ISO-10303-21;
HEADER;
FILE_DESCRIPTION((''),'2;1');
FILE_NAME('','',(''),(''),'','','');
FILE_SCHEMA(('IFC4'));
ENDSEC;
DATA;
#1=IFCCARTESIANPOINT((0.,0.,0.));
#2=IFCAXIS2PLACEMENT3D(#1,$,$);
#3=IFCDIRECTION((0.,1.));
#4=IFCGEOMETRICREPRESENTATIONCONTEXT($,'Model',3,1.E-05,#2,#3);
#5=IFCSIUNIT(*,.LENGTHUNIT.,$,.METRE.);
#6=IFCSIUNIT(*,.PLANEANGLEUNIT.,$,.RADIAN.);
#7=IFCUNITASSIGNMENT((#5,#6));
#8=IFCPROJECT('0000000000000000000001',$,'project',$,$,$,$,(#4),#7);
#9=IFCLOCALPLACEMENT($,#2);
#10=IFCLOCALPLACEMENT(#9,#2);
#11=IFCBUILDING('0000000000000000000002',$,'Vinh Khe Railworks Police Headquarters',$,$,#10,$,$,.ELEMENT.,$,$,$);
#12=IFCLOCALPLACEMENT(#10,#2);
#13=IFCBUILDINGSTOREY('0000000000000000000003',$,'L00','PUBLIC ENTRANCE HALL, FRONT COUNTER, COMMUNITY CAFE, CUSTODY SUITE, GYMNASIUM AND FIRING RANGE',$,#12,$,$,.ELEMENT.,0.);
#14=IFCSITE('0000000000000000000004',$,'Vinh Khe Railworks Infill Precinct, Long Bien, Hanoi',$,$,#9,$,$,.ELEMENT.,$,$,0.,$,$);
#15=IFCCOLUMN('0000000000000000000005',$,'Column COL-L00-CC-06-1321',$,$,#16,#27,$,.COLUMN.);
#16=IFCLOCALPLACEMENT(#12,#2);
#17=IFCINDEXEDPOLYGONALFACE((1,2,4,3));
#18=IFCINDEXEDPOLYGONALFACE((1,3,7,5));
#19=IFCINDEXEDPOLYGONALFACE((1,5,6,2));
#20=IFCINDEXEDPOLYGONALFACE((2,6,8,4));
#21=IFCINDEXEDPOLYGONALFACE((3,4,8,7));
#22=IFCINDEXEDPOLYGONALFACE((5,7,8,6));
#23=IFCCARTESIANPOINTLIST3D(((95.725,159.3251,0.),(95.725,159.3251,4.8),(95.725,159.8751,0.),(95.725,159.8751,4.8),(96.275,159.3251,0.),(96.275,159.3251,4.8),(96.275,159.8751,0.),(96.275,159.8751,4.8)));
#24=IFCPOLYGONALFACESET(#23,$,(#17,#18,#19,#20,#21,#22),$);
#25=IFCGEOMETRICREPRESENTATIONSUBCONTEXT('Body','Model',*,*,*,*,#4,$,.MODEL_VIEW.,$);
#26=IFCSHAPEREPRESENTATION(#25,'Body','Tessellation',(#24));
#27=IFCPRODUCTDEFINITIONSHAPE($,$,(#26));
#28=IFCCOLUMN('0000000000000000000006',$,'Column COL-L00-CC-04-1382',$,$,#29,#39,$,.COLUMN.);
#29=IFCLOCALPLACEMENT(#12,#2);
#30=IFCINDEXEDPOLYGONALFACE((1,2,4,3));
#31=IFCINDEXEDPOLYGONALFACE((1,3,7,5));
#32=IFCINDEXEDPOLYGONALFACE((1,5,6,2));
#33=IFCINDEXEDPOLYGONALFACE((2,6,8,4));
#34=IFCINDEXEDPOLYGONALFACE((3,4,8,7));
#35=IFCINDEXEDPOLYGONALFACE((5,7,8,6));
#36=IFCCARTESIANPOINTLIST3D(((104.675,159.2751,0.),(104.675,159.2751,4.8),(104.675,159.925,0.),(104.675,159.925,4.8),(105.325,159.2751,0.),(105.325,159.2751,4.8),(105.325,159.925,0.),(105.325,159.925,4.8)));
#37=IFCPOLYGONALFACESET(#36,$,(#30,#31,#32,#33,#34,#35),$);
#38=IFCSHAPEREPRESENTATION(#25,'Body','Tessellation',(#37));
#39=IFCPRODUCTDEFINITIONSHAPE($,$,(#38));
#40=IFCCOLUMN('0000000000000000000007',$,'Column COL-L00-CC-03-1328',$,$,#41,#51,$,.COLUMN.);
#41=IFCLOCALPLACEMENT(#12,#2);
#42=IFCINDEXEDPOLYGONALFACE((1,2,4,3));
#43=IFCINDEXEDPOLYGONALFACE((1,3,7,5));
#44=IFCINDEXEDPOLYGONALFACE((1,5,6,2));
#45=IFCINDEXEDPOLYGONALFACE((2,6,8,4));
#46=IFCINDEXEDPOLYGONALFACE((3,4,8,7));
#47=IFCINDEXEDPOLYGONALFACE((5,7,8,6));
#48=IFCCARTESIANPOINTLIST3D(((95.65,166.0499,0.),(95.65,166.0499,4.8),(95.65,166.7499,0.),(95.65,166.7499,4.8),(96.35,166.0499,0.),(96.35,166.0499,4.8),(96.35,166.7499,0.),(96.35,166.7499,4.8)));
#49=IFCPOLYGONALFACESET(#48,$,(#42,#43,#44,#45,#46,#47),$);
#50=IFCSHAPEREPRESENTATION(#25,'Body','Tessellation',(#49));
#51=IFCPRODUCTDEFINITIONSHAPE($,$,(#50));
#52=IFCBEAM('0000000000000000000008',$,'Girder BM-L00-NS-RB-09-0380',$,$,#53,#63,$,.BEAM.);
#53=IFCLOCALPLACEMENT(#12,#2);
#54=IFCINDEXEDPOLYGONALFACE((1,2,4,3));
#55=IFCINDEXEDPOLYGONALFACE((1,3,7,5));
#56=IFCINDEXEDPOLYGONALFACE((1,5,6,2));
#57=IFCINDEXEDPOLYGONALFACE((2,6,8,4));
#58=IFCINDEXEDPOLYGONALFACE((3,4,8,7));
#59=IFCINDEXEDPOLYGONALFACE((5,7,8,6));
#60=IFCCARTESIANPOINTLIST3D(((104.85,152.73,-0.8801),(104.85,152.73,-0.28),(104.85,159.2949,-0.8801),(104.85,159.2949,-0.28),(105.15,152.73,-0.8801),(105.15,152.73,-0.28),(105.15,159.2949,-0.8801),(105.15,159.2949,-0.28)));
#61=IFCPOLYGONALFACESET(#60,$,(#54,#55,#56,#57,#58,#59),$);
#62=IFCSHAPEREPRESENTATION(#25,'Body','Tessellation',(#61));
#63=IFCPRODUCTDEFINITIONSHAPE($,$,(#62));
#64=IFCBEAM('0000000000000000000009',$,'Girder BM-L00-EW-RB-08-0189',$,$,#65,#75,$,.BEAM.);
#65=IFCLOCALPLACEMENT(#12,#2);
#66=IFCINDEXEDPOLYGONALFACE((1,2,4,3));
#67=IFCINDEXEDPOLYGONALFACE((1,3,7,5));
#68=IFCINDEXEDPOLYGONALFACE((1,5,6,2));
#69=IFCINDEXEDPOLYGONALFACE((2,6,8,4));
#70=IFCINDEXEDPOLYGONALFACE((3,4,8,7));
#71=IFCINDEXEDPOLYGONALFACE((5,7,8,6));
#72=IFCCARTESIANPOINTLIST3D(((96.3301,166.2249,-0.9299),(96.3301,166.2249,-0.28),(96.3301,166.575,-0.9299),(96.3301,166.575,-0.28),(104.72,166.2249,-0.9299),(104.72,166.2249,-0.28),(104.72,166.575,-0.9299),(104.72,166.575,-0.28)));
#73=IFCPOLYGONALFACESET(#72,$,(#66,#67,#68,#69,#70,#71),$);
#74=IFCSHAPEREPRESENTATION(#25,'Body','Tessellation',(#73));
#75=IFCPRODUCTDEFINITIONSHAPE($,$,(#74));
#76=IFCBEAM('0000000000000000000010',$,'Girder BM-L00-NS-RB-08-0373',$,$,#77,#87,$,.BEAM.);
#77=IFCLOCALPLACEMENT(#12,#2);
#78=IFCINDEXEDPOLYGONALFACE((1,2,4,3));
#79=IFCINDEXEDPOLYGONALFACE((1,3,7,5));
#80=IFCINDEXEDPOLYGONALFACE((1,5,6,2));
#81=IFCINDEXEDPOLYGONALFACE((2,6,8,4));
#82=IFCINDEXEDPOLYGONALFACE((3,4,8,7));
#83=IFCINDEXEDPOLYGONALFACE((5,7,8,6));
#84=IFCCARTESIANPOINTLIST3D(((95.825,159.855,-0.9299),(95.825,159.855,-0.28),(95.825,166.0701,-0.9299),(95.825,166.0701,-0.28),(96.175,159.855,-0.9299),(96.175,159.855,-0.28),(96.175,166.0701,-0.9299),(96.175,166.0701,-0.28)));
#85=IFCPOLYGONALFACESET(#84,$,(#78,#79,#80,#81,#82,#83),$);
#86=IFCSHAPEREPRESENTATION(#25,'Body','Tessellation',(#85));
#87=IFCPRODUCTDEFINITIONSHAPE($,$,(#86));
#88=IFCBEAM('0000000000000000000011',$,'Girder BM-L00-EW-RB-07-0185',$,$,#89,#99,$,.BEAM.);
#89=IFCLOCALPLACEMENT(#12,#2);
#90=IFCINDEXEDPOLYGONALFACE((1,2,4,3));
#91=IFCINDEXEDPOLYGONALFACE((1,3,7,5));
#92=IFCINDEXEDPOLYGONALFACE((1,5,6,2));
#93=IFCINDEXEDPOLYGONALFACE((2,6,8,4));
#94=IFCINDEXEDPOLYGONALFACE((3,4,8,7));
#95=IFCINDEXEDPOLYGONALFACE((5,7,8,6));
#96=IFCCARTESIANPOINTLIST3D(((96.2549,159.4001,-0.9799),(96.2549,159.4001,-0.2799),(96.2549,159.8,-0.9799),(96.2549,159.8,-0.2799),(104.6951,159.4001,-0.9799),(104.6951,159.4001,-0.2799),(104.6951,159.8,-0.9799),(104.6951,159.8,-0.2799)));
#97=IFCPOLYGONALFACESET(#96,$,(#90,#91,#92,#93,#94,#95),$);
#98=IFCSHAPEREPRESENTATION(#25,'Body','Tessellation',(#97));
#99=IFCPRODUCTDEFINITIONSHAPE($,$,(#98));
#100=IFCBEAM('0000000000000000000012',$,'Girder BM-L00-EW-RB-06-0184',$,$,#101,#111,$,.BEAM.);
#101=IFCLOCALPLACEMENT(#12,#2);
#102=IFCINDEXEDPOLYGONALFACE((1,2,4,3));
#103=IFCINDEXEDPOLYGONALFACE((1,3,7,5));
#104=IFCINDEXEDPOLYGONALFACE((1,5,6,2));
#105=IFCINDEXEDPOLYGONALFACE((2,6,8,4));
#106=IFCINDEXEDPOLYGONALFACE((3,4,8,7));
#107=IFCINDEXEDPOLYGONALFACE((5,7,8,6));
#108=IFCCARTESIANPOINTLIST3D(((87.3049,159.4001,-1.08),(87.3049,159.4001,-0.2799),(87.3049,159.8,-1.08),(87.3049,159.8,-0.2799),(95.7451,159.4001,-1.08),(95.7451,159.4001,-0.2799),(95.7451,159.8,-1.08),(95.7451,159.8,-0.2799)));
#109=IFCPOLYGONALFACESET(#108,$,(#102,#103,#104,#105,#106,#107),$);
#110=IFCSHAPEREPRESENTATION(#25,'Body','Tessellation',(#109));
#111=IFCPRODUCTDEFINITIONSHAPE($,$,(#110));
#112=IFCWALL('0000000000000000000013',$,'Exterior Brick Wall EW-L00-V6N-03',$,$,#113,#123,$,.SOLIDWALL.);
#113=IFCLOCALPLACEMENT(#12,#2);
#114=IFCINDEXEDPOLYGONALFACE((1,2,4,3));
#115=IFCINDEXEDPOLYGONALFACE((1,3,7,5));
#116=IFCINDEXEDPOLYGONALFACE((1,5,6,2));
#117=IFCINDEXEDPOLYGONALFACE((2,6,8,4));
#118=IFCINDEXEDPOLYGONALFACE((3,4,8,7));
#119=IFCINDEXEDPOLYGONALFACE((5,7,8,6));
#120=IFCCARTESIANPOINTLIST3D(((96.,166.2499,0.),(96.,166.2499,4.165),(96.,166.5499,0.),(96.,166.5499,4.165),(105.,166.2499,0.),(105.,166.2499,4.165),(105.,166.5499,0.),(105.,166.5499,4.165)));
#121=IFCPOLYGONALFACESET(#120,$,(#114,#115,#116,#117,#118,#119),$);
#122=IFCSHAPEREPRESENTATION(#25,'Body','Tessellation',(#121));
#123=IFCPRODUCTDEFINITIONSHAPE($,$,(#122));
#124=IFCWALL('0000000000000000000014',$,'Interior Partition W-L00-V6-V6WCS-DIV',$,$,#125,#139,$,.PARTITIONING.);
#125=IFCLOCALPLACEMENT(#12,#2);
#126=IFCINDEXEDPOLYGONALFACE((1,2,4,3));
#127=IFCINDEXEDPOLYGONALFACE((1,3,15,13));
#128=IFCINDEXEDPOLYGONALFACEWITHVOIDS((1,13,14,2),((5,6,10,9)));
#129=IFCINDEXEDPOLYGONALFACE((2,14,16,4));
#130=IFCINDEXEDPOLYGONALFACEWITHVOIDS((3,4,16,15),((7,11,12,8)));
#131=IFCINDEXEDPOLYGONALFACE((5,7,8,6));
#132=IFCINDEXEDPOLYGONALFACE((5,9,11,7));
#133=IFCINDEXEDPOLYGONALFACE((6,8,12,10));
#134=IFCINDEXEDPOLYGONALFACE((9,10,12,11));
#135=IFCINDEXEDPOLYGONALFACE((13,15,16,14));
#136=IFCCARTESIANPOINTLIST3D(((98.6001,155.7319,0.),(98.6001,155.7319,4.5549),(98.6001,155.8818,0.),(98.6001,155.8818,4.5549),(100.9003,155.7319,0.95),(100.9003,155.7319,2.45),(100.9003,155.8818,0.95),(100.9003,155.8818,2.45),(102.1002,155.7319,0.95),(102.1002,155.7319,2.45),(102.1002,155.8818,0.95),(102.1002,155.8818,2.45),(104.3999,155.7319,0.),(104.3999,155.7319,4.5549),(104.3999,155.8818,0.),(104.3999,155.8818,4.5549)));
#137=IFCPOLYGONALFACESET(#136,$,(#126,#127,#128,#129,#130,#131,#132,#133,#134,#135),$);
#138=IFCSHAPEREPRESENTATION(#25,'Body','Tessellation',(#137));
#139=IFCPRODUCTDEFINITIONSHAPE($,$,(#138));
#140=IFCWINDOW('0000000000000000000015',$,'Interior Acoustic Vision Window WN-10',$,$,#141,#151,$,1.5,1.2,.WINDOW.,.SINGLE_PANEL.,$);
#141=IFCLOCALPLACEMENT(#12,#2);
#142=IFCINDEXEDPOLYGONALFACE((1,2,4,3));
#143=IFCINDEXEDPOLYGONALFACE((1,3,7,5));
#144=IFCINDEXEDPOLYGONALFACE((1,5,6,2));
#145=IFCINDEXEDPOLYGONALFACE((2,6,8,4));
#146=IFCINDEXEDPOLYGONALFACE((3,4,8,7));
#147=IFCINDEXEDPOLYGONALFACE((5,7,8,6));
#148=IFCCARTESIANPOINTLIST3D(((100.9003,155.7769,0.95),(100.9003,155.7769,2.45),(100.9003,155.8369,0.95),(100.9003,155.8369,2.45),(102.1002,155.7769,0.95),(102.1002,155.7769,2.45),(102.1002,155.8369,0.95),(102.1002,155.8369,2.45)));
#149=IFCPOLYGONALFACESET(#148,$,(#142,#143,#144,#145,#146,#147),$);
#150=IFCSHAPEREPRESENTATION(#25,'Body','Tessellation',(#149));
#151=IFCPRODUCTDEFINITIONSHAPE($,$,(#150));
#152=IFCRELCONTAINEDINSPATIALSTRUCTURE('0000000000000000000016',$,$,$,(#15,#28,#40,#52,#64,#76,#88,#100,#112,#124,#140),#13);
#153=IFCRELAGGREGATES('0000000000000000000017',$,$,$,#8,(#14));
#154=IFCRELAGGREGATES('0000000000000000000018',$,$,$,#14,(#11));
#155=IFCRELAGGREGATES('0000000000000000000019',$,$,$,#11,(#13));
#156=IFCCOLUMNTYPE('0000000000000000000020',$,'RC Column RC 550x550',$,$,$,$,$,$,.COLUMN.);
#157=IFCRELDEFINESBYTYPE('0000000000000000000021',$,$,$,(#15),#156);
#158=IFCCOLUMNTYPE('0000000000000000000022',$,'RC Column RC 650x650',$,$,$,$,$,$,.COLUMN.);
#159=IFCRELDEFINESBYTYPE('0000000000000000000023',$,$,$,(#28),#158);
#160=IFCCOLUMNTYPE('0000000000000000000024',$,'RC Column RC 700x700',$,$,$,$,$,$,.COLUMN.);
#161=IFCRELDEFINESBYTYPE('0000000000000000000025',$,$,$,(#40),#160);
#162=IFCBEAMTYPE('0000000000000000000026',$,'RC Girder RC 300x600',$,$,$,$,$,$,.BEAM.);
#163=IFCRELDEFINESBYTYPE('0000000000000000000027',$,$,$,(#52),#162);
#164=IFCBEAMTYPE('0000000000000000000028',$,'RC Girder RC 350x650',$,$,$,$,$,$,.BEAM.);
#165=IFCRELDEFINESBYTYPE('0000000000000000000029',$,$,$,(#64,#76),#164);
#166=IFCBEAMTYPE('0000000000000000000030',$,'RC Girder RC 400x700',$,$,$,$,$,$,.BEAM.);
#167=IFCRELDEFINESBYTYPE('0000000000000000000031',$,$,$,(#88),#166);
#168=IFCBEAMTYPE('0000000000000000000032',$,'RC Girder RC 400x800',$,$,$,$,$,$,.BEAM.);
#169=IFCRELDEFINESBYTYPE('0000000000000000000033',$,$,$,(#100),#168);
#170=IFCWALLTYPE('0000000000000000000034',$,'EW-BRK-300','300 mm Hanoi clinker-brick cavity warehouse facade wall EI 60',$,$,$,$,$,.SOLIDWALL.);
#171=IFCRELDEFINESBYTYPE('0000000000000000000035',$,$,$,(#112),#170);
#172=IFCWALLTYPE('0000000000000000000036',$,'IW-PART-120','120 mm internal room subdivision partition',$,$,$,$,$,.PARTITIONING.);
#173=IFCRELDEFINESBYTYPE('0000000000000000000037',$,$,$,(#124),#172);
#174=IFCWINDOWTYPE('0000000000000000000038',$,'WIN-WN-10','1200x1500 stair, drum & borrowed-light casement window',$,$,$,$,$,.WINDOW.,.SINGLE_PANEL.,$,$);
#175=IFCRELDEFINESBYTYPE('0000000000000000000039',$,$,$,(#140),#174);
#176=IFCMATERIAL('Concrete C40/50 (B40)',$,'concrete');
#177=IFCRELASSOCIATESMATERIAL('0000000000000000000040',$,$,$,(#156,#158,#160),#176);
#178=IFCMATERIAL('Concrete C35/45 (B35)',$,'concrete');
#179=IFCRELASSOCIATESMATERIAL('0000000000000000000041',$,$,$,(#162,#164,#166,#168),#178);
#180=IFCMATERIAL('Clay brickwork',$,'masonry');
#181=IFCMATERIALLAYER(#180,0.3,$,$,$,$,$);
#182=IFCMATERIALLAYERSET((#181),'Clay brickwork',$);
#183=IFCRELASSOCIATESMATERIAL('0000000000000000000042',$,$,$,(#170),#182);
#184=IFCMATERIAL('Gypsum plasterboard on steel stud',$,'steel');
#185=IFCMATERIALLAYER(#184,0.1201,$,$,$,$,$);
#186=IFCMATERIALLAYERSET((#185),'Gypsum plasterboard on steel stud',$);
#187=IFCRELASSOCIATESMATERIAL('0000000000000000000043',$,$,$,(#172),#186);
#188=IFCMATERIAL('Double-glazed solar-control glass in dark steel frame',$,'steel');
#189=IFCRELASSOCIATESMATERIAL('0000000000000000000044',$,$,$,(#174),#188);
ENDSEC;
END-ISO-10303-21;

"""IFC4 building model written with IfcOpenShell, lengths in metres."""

from ifc_helpers import new_model, si_unit, direction, frame, frame_2d, origin, origin_2d, place, context, subcontext, project, spatial, rectangle, extrude, material, layer, layer_set, material_profile, profile_set, type_object, element, fill, save


model = new_model("IFC4")

# Units and contexts
model_context = context("Model", 3, precision=1e-05, world=origin(), true_north=direction((0.0, 1.0)))
body_context = subcontext(model_context, "Body", "Model", "MODEL_VIEW")
ifc_project = project(units=[si_unit("LENGTHUNIT", "METRE"), si_unit("PLANEANGLEUNIT", "RADIAN")], contexts=[model_context])

# Site, building, storey
site_placement = place(None, origin())
site = spatial("IfcSite", under=ifc_project, at=site_placement, Name="Vinh Khe Railworks Infill Precinct, Long Bien, Hanoi", CompositionType="ELEMENT", RefElevation=0.0)
building_placement = place(site_placement, origin())
building = spatial("IfcBuilding", under=site, at=building_placement, Name="Vinh Khe Railworks Police Headquarters", CompositionType="ELEMENT")
storey_placement = place(building_placement, origin())
storey = spatial("IfcBuildingStorey", under=building, at=storey_placement, Name="L00", Description="PUBLIC ENTRANCE HALL, FRONT COUNTER, COMMUNITY CAFE, CUSTODY SUITE, GYMNASIUM AND FIRING RANGE", CompositionType="ELEMENT", Elevation=0.0)

# Columns
ifc_material_1 = material(Name="Concrete C40/50 (B40)", Category="concrete")
ifc_material_profile_1 = material_profile(ifc_material_1, rectangle(XDim=0.55, YDim=0.55, at=origin_2d()), Name="RC 550x550")
ifc_profile_set_1 = profile_set([ifc_material_profile_1], Name="Concrete C40/50 (B40)")
column_type_1 = type_object("IfcColumnType", Name="RC Column RC 550x550", PredefinedType="COLUMN", material=ifc_profile_set_1)
column_1_placement = place(storey_placement, frame((96.0, 159.6001, 0.0), z_axis=(0.0, 0.0, 1.0), x_axis=(1.0, 0.0, 0.0)))
element("IfcColumn", 1, at=column_1_placement, inside=storey, type_object=column_type_1, Name="Column COL-L00-CC-06-1321", PredefinedType="COLUMN", context=body_context, shape_type="SweptSolid", body=[
    extrude(rectangle(XDim=0.55, YDim=0.55, at=origin_2d()), origin(), (0.0, 0.0, 1.0), 4.8),
])
ifc_material_profile_2 = material_profile(ifc_material_1, rectangle(XDim=0.6499, YDim=0.6499, at=origin_2d()), Name="RC 650x650")
ifc_profile_set_2 = profile_set([ifc_material_profile_2], Name="Concrete C40/50 (B40)")
column_type_2 = type_object("IfcColumnType", Name="RC Column RC 650x650", PredefinedType="COLUMN", material=ifc_profile_set_2)
column_2_placement = place(storey_placement, frame((105.0, 159.6001, 0.0), z_axis=(0.0, 0.0, 1.0), x_axis=(1.0, 0.0, 0.0)))
element("IfcColumn", 2, at=column_2_placement, inside=storey, type_object=column_type_2, Name="Column COL-L00-CC-04-1382", PredefinedType="COLUMN", context=body_context, shape_type="SweptSolid", body=[
    extrude(rectangle(XDim=0.6499, YDim=0.6499, at=origin_2d()), origin(), (0.0, 0.0, 1.0), 4.8),
])
ifc_material_profile_3 = material_profile(ifc_material_1, rectangle(XDim=0.7, YDim=0.7, at=origin_2d()), Name="RC 700x700")
ifc_profile_set_3 = profile_set([ifc_material_profile_3], Name="Concrete C40/50 (B40)")
column_type_3 = type_object("IfcColumnType", Name="RC Column RC 700x700", PredefinedType="COLUMN", material=ifc_profile_set_3)
column_3_placement = place(storey_placement, frame((96.0, 166.3999, 0.0), z_axis=(0.0, 0.0, 1.0), x_axis=(1.0, 0.0, 0.0)))
element("IfcColumn", 3, at=column_3_placement, inside=storey, type_object=column_type_3, Name="Column COL-L00-CC-03-1328", PredefinedType="COLUMN", context=body_context, shape_type="SweptSolid", body=[
    extrude(rectangle(XDim=0.7, YDim=0.7, at=origin_2d()), origin(), (0.0, 0.0, 1.0), 4.8),
])

# Beams
ifc_material_2 = material(Name="Concrete C35/45 (B35)", Category="concrete")
ifc_material_profile_4 = material_profile(ifc_material_2, rectangle(XDim=0.3, YDim=0.6001, at=origin_2d()), Name="RC 300x600")
ifc_profile_set_4 = profile_set([ifc_material_profile_4], Name="Concrete C35/45 (B35)")
beam_type_1 = type_object("IfcBeamType", Name="RC Girder RC 300x600", PredefinedType="BEAM", material=ifc_profile_set_4)
beam_1_placement = place(storey_placement, frame((105.0, 152.73, -0.5801), z_axis=(0.0, 1.0, 0.0), x_axis=(-1.0, 0.0, 0.0)))
element("IfcBeam", 4, at=beam_1_placement, inside=storey, type_object=beam_type_1, Name="Girder BM-L00-NS-RB-09-0380", PredefinedType="BEAM", context=body_context, shape_type="SweptSolid", body=[
    extrude(rectangle(XDim=0.3, YDim=0.6001, at=origin_2d()), origin(), (0.0, 0.0, 1.0), 6.5649),
])
ifc_material_profile_5 = material_profile(ifc_material_2, rectangle(XDim=0.3501, YDim=0.6499, at=origin_2d()), Name="RC 350x650")
ifc_profile_set_5 = profile_set([ifc_material_profile_5], Name="Concrete C35/45 (B35)")
beam_type_2 = type_object("IfcBeamType", Name="RC Girder RC 350x650", PredefinedType="BEAM", material=ifc_profile_set_5)
beam_2_placement = place(storey_placement, frame((96.3301, 166.3999, -0.605), z_axis=(1.0, 0.0, 0.0), x_axis=(0.0, 1.0, 0.0)))
element("IfcBeam", 5, at=beam_2_placement, inside=storey, type_object=beam_type_2, Name="Girder BM-L00-EW-RB-08-0189", PredefinedType="BEAM", context=body_context, shape_type="SweptSolid", body=[
    extrude(rectangle(XDim=0.3501, YDim=0.6499, at=origin_2d()), origin(), (0.0, 0.0, 1.0), 8.3899),
])
beam_3_placement = place(storey_placement, frame((96.0, 159.855, -0.605), z_axis=(0.0, 1.0, 0.0), x_axis=(-1.0, 0.0, 0.0)))
element("IfcBeam", 6, at=beam_3_placement, inside=storey, type_object=beam_type_2, Name="Girder BM-L00-NS-RB-08-0373", PredefinedType="BEAM", context=body_context, shape_type="SweptSolid", body=[
    extrude(rectangle(XDim=0.3501, YDim=0.6499, at=origin_2d()), origin(), (0.0, 0.0, 1.0), 6.2151),
])
ifc_material_profile_6 = material_profile(ifc_material_2, rectangle(XDim=0.3999, YDim=0.7, at=origin_2d()), Name="RC 400x700")
ifc_profile_set_6 = profile_set([ifc_material_profile_6], Name="Concrete C35/45 (B35)")
beam_type_3 = type_object("IfcBeamType", Name="RC Girder RC 400x700", PredefinedType="BEAM", material=ifc_profile_set_6)
beam_4_placement = place(storey_placement, frame((96.2549, 159.6001, -0.6299), z_axis=(1.0, 0.0, 0.0), x_axis=(0.0, 1.0, 0.0)))
element("IfcBeam", 7, at=beam_4_placement, inside=storey, type_object=beam_type_3, Name="Girder BM-L00-EW-RB-07-0185", PredefinedType="BEAM", context=body_context, shape_type="SweptSolid", body=[
    extrude(rectangle(XDim=0.3999, YDim=0.7, at=origin_2d()), origin(), (0.0, 0.0, 1.0), 8.4402),
])
ifc_material_profile_7 = material_profile(ifc_material_2, rectangle(XDim=0.3999, YDim=0.8, at=origin_2d()), Name="RC 400x800")
ifc_profile_set_7 = profile_set([ifc_material_profile_7], Name="Concrete C35/45 (B35)")
beam_type_4 = type_object("IfcBeamType", Name="RC Girder RC 400x800", PredefinedType="BEAM", material=ifc_profile_set_7)
beam_5_placement = place(storey_placement, frame((87.3049, 159.6001, -0.6799), z_axis=(1.0, 0.0, 0.0), x_axis=(0.0, 1.0, 0.0)))
element("IfcBeam", 8, at=beam_5_placement, inside=storey, type_object=beam_type_4, Name="Girder BM-L00-EW-RB-06-0184", PredefinedType="BEAM", context=body_context, shape_type="SweptSolid", body=[
    extrude(rectangle(XDim=0.3999, YDim=0.8, at=origin_2d()), origin(), (0.0, 0.0, 1.0), 8.4402),
])

# Wall
ifc_material_3 = material(Name="Clay brickwork", Category="masonry")
ifc_layer_1 = layer(ifc_material_3, 0.3)
ifc_layer_set_1 = layer_set([ifc_layer_1], Name="Clay brickwork")
wall_type_1 = type_object("IfcWallType", Name="EW-BRK-300", Description="300 mm Hanoi clinker-brick cavity warehouse facade wall EI 60", PredefinedType="SOLIDWALL", material=ifc_layer_set_1)
wall_1_placement = place(storey_placement, frame((96.0, 166.3999, 0.0), z_axis=(0.0, 0.0, 1.0), x_axis=(1.0, 0.0, 0.0)))
element("IfcWall", 9, at=wall_1_placement, inside=storey, type_object=wall_type_1, Name="Exterior Brick Wall EW-L00-V6N-03", PredefinedType="SOLIDWALL", context=body_context, shape_type="SweptSolid", body=[
    extrude(rectangle(XDim=9.0, YDim=0.3, at=frame_2d((4.5, 0.0))), origin(), (0.0, 0.0, 1.0), 4.165),
])

# Wall, opening, window
ifc_material_4 = material(Name="Gypsum plasterboard on steel stud", Category="steel")
ifc_layer_2 = layer(ifc_material_4, 0.1201)
ifc_layer_set_2 = layer_set([ifc_layer_2], Name="Gypsum plasterboard on steel stud")
wall_type_2 = type_object("IfcWallType", Name="IW-PART-120", Description="120 mm internal room subdivision partition", PredefinedType="PARTITIONING", material=ifc_layer_set_2)
wall_2_placement = place(storey_placement, frame((98.6001, 155.8069, 0.0), z_axis=(0.0, 0.0, 1.0), x_axis=(1.0, 0.0, 0.0)))
wall_2 = element("IfcWall", 10, at=wall_2_placement, inside=storey, type_object=wall_type_2, Name="Interior Partition W-L00-V6-V6WCS-DIV", PredefinedType="PARTITIONING", context=body_context, shape_type="SweptSolid", body=[
    extrude(rectangle(XDim=5.7998, YDim=0.1499, at=frame_2d((2.8999, 0.0))), origin(), (0.0, 0.0, 1.0), 4.5549),
])
opening_1_placement = place(wall_2_placement, frame((2.3, 0.0, 0.95)))
opening_1 = element("IfcOpeningElement", 11, at=opening_1_placement, cuts=wall_2, PredefinedType="OPENING", context=body_context, shape_type="SweptSolid", body=[
    extrude(rectangle(XDim=1.2, YDim=1.5, at=frame_2d((0.6001, 0.75))), frame((0.0, 0.0898, 0.0), z_axis=(0.0, -1.0, 0.0), x_axis=(1.0, 0.0, 0.0)), (0.0, 0.0, 1.0), 0.1797),
])
ifc_material_5 = material(Name="Double-glazed solar-control glass in dark steel frame", Category="steel")
window_type = type_object("IfcWindowType", Name="WIN-WN-10", Description="1200x1500 stair, drum & borrowed-light casement window", PartitioningType="SINGLE_PANEL", PredefinedType="WINDOW", material=ifc_material_5)
window_1_placement = place(opening_1_placement, origin())
window_1 = element("IfcWindow", 12, at=window_1_placement, inside=storey, type_object=window_type, Name="Interior Acoustic Vision Window WN-10", OverallHeight=1.5, OverallWidth=1.2, PartitioningType="SINGLE_PANEL", PredefinedType="WINDOW", context=body_context, shape_type="SweptSolid", body=[
    extrude(rectangle(XDim=1.2, YDim=1.5, at=frame_2d((0.6001, 0.75))), frame((0.0, 0.03, 0.0), z_axis=(0.0, -1.0, 0.0), x_axis=(1.0, 0.0, 0.0)), (0.0, 0.0, 1.0), 0.0601),
])
fill(opening_1, window_1)

save(model, "model.ifc")
